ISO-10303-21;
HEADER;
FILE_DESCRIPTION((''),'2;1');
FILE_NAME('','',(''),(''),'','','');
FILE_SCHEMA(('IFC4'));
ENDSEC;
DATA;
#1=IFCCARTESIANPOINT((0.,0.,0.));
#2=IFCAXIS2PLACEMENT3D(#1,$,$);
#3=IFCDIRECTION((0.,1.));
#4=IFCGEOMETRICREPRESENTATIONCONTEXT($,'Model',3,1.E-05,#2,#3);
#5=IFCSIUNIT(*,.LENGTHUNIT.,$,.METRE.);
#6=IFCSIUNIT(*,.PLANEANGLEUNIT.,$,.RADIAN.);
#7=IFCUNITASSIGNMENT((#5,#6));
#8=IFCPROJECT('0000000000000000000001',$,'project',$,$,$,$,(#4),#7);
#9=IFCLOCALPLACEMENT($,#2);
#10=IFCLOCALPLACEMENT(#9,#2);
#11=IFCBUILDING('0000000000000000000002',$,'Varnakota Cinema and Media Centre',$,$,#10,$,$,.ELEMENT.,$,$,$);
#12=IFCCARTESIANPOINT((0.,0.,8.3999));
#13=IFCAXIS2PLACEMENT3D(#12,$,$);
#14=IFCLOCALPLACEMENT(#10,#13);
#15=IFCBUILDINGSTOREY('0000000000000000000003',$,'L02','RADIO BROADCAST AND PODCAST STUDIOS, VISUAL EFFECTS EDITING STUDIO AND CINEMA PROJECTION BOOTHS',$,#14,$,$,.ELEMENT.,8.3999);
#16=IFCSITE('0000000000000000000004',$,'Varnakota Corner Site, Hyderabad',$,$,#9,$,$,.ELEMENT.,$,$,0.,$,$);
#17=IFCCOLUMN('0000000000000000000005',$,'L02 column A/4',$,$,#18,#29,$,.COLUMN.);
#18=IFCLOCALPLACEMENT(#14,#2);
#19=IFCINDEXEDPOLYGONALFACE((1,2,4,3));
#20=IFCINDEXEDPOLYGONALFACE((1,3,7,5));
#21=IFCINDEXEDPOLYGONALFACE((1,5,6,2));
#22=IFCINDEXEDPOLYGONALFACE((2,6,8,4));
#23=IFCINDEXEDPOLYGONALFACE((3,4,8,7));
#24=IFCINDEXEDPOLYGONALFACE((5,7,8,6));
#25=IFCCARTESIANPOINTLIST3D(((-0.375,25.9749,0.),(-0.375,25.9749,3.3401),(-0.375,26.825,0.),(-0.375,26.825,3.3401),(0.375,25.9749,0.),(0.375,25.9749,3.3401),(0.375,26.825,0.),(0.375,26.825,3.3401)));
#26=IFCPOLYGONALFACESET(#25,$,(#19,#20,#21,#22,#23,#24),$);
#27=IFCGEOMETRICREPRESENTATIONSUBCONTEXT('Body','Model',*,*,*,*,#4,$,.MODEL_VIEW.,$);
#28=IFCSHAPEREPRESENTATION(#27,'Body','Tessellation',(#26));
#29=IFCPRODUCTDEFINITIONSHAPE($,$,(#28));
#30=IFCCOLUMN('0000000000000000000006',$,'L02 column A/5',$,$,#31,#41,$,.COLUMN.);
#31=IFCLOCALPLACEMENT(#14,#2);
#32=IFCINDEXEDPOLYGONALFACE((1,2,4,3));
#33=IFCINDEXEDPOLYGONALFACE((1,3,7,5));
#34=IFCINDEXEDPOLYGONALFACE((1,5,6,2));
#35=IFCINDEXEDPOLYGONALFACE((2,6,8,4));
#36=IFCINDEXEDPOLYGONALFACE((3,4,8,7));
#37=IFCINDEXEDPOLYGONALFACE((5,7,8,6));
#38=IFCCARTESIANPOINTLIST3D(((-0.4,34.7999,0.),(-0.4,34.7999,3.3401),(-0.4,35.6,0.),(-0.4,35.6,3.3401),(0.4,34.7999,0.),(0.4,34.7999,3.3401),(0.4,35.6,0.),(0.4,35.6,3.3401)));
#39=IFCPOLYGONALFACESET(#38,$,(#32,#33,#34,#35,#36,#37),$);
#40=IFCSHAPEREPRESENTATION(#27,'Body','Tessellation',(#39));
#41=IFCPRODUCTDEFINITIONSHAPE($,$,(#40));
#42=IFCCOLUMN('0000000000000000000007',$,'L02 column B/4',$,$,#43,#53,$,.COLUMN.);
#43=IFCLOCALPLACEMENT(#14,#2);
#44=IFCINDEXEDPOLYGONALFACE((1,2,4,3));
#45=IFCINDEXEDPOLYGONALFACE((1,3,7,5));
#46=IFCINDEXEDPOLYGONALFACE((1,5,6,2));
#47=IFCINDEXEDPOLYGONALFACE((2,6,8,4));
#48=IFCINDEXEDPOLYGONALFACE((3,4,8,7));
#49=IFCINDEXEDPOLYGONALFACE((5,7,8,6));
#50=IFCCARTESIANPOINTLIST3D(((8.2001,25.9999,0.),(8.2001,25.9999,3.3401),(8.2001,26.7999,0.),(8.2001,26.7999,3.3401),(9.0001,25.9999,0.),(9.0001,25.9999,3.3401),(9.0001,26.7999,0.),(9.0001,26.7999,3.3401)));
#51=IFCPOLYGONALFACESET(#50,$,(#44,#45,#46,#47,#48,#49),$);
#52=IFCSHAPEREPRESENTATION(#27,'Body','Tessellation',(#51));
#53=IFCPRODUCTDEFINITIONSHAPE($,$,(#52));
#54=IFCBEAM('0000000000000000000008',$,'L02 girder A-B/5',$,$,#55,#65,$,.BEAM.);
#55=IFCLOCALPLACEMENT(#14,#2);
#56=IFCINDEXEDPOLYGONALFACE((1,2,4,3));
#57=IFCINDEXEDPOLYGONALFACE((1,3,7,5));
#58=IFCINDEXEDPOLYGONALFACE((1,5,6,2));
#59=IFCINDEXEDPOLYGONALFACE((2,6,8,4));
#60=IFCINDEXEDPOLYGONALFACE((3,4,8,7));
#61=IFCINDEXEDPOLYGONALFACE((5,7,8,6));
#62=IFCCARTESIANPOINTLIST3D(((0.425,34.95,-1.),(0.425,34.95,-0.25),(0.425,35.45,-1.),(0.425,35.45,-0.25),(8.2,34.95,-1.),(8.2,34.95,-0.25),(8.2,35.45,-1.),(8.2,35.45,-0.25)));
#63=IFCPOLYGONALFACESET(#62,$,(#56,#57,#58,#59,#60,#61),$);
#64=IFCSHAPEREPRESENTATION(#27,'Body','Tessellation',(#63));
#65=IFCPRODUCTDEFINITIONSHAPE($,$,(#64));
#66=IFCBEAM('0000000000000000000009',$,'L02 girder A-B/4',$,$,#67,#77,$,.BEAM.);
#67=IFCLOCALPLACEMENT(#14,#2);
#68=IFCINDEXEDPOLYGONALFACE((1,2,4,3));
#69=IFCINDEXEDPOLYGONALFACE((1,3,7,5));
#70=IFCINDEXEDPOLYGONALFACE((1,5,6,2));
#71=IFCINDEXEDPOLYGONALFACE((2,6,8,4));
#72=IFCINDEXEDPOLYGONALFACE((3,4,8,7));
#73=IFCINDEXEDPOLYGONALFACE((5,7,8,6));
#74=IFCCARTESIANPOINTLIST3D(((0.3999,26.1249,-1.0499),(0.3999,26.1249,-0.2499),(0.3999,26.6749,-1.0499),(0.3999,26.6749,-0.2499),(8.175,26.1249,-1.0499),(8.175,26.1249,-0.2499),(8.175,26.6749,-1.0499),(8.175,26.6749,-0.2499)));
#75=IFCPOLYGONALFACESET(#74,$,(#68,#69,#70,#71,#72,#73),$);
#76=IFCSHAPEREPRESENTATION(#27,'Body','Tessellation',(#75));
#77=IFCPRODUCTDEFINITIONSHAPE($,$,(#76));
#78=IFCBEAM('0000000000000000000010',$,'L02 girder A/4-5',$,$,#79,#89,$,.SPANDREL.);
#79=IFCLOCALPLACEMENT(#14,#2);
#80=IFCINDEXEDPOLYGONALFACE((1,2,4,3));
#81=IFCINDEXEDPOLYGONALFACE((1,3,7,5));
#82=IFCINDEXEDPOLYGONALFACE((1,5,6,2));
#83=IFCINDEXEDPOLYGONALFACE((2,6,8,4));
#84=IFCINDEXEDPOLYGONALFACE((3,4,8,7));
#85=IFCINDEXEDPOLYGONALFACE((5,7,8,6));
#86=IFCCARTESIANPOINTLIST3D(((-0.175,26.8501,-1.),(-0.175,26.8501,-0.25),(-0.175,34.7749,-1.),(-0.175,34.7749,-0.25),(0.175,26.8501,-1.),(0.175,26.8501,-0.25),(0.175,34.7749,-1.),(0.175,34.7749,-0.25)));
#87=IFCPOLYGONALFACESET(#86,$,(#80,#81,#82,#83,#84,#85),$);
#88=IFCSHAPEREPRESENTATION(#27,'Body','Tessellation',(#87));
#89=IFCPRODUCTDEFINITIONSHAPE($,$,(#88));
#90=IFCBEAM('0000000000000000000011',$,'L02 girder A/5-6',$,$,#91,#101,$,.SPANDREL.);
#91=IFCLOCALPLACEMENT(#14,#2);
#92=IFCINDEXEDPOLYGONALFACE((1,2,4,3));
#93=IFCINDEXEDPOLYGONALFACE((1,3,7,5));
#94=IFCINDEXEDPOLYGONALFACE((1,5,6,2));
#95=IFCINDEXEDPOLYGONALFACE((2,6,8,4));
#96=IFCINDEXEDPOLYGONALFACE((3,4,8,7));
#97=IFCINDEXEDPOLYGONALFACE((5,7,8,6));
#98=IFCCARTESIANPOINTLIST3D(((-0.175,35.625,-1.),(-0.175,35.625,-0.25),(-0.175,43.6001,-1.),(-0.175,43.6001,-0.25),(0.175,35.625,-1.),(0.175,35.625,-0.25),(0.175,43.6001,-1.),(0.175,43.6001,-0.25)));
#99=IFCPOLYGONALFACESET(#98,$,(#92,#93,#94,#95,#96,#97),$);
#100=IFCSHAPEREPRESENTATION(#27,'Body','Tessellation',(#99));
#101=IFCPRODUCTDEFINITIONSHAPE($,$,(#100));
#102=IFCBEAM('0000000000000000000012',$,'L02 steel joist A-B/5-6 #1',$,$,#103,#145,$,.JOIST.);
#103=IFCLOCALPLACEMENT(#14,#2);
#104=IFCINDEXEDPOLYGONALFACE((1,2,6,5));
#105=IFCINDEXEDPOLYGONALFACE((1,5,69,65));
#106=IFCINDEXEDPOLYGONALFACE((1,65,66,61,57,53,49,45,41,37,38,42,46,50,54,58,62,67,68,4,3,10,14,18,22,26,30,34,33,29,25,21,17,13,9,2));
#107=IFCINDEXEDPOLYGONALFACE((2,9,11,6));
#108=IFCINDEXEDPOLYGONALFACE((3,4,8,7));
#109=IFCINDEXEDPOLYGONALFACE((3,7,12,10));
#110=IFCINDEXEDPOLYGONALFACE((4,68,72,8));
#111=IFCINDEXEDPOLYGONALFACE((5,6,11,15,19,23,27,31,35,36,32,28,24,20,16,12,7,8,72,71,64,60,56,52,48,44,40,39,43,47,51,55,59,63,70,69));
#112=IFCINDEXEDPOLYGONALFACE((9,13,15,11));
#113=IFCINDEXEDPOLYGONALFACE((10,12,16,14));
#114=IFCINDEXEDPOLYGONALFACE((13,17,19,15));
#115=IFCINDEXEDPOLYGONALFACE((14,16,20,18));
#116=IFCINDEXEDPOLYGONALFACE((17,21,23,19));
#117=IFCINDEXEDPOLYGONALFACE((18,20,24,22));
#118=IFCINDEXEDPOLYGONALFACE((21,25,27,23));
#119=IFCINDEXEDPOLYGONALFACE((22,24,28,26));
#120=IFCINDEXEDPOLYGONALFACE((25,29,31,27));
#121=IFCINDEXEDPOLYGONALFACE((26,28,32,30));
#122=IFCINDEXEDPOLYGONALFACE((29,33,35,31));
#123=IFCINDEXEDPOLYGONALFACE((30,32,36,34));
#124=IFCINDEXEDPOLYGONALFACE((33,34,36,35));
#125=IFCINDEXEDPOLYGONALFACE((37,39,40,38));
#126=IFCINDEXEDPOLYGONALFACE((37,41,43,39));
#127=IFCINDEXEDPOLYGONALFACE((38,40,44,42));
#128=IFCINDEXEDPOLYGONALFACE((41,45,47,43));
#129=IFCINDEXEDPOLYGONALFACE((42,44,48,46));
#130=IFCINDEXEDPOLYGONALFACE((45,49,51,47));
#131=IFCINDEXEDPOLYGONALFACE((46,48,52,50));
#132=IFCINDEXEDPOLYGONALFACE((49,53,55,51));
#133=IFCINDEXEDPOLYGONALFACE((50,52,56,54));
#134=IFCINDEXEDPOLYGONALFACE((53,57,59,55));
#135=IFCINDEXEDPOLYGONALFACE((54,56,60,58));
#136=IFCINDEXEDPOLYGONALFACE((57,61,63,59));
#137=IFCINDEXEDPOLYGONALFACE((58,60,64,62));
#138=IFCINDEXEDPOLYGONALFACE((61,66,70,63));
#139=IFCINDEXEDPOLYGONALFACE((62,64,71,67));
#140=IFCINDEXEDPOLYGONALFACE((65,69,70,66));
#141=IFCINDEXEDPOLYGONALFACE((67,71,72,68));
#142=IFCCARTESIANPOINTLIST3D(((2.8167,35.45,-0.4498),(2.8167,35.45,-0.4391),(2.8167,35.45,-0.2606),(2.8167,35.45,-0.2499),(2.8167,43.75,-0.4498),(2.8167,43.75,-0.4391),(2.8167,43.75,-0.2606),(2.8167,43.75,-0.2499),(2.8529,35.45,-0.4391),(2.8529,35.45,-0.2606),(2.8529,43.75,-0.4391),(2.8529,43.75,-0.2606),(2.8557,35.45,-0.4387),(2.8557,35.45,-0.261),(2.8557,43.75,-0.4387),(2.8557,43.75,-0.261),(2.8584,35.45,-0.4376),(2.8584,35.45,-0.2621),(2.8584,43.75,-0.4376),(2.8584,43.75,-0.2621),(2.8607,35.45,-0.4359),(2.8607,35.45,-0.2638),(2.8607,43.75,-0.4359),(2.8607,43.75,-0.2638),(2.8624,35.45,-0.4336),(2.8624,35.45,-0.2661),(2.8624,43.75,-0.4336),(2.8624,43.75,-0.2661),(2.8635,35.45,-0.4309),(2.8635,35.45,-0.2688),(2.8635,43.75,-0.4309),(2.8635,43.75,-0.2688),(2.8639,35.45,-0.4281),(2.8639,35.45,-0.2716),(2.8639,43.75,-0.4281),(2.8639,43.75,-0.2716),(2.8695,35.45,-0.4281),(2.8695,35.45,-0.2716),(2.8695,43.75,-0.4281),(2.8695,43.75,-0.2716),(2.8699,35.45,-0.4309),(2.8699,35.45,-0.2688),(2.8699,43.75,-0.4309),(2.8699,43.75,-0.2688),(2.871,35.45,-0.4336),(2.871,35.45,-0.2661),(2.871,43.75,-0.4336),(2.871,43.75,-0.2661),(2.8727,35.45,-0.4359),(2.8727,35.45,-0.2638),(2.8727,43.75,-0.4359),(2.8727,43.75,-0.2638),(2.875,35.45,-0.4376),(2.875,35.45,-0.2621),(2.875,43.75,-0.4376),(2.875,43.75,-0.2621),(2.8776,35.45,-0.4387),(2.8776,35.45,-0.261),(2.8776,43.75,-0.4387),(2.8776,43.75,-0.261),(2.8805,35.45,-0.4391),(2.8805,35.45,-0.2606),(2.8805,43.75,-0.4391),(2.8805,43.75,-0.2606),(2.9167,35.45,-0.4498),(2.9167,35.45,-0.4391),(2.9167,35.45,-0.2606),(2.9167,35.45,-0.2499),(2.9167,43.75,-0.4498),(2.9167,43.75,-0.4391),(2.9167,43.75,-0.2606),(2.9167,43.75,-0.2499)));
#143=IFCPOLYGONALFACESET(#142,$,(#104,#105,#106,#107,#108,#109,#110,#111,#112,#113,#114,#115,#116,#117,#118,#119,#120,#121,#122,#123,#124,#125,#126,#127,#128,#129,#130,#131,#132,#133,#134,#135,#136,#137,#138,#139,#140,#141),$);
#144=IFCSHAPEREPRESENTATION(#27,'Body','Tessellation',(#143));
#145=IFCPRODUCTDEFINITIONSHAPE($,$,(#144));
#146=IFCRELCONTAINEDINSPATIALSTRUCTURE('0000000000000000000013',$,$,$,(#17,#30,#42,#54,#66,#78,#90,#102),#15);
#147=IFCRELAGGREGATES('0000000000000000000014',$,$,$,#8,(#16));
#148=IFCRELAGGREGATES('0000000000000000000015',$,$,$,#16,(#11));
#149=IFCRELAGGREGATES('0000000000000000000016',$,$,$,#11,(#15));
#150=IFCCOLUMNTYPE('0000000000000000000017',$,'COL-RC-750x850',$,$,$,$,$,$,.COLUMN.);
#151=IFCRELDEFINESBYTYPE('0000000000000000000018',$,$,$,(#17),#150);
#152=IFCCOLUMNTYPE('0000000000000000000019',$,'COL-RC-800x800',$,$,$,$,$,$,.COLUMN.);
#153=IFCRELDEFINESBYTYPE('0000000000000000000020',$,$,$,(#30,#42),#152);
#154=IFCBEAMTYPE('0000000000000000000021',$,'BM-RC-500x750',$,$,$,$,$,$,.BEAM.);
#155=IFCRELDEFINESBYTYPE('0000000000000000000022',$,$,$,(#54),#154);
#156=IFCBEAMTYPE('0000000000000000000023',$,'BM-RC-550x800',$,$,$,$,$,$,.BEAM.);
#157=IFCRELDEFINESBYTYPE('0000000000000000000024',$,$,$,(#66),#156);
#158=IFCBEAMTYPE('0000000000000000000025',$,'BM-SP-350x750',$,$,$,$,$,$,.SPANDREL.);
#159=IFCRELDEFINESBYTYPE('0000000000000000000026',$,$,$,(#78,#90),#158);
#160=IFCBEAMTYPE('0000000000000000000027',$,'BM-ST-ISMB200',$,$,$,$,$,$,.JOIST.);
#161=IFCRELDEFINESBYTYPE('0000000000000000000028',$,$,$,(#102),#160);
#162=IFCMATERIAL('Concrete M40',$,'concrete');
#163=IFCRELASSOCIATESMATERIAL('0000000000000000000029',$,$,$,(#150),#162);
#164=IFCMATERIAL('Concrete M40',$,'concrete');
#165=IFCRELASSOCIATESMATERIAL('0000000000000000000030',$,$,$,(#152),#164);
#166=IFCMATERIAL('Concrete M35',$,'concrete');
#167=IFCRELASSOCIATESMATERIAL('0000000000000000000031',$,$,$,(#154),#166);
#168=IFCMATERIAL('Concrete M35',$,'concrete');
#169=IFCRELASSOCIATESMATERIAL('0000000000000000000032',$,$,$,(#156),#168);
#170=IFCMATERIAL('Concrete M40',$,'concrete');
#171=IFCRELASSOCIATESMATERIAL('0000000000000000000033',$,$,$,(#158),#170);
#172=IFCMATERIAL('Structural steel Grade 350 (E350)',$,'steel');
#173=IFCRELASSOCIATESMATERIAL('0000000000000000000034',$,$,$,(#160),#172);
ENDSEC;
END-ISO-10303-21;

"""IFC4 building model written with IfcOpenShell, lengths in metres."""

from ifc_helpers import new_model, si_unit, direction, frame, origin, origin_2d, place, context, subcontext, project, spatial, rectangle, i_section, extrude, material, material_profile, profile_set, type_object, element, save


model = new_model("IFC4")

# Units and contexts
model_context = context("Model", 3, precision=1e-05, world=origin(), true_north=direction((0.0, 1.0)))
body_context = subcontext(model_context, "Body", "Model", "MODEL_VIEW")
ifc_project = project(units=[si_unit("LENGTHUNIT", "METRE"), si_unit("PLANEANGLEUNIT", "RADIAN")], contexts=[model_context])

# Site, building, storey
site_placement = place(None, origin())
site = spatial("IfcSite", under=ifc_project, at=site_placement, Name="Varnakota Corner Site, Hyderabad", CompositionType="ELEMENT", RefElevation=0.0)
building_placement = place(site_placement, origin())
building = spatial("IfcBuilding", under=site, at=building_placement, Name="Varnakota Cinema and Media Centre", CompositionType="ELEMENT")
storey_placement = place(building_placement, frame((0.0, 0.0, 8.3999)))
storey = spatial("IfcBuildingStorey", under=building, at=storey_placement, Name="L02", Description="RADIO BROADCAST AND PODCAST STUDIOS, VISUAL EFFECTS EDITING STUDIO AND CINEMA PROJECTION BOOTHS", CompositionType="ELEMENT", Elevation=8.3999)

# Columns
ifc_material_1 = material(Name="Concrete M40", Category="concrete")
ifc_material_profile_1 = material_profile(ifc_material_1, rectangle(XDim=0.75, YDim=0.8501, at=origin_2d()), Name="RC 750x850")
ifc_profile_set_1 = profile_set([ifc_material_profile_1], Name="Concrete M40")
column_type_1 = type_object("IfcColumnType", Name="COL-RC-750x850", PredefinedType="COLUMN", material=ifc_profile_set_1)
column_placement = place(storey_placement, frame((0.0, 26.3999, 0.0), z_axis=(0.0, 0.0, 1.0), x_axis=(1.0, 0.0, 0.0)))
element("IfcColumn", 1, at=column_placement, inside=storey, type_object=column_type_1, Name="L02 column A/4", PredefinedType="COLUMN", context=body_context, shape_type="SweptSolid", body=[
    extrude(rectangle(XDim=0.75, YDim=0.8501, at=origin_2d()), origin(), (0.0, 0.0, 1.0), 3.3401),
])
ifc_material_2 = material(Name="Concrete M40", Category="concrete")
ifc_material_profile_2 = material_profile(ifc_material_2, rectangle(XDim=0.8, YDim=0.8, at=origin_2d()), Name="RC 800x800")
ifc_profile_set_2 = profile_set([ifc_material_profile_2], Name="Concrete M40")
column_type_2 = type_object("IfcColumnType", Name="COL-RC-800x800", PredefinedType="COLUMN", material=ifc_profile_set_2)
for number, where, z_axis, x_axis, name in (
    (2, (0.0, 35.2, 0.0), (0.0, 0.0, 1.0), (1.0, 0.0, 0.0), "L02 column A/5"),
    (3, (8.6001, 26.3999, 0.0), (0.0, 0.0, 1.0), (1.0, 0.0, 0.0), "L02 column B/4"),
):
    element("IfcColumn", number, at=place(storey_placement, frame(where, z_axis=z_axis, x_axis=x_axis)), inside=storey, type_object=column_type_2, Name=name, PredefinedType="COLUMN", context=body_context, shape_type="SweptSolid", body=[
        extrude(rectangle(XDim=0.8, YDim=0.8, at=origin_2d()), origin(), (0.0, 0.0, 1.0), 3.3401),
    ])

# Beams
ifc_material_3 = material(Name="Concrete M35", Category="concrete")
ifc_material_profile_3 = material_profile(ifc_material_3, rectangle(XDim=0.5, YDim=0.75, at=origin_2d()), Name="RCB 500x750")
ifc_profile_set_3 = profile_set([ifc_material_profile_3], Name="Concrete M35")
beam_type_1 = type_object("IfcBeamType", Name="BM-RC-500x750", PredefinedType="BEAM", material=ifc_profile_set_3)
beam_1_placement = place(storey_placement, frame((0.425, 35.2, -0.625), z_axis=(1.0, 0.0, 0.0), x_axis=(0.0, 1.0, 0.0)))
element("IfcBeam", 4, at=beam_1_placement, inside=storey, type_object=beam_type_1, Name="L02 girder A-B/5", PredefinedType="BEAM", context=body_context, shape_type="SweptSolid", body=[
    extrude(rectangle(XDim=0.5, YDim=0.75, at=origin_2d()), origin(), (0.0, 0.0, 1.0), 7.7749),
])
ifc_material_4 = material(Name="Concrete M35", Category="concrete")
ifc_material_profile_4 = material_profile(ifc_material_4, rectangle(XDim=0.55, YDim=0.8, at=origin_2d()), Name="RCB 550x800")
ifc_profile_set_4 = profile_set([ifc_material_profile_4], Name="Concrete M35")
beam_type_2 = type_object("IfcBeamType", Name="BM-RC-550x800", PredefinedType="BEAM", material=ifc_profile_set_4)
beam_2_placement = place(storey_placement, frame((0.3999, 26.3999, -0.6499), z_axis=(1.0, 0.0, 0.0), x_axis=(0.0, 1.0, 0.0)))
element("IfcBeam", 5, at=beam_2_placement, inside=storey, type_object=beam_type_2, Name="L02 girder A-B/4", PredefinedType="BEAM", context=body_context, shape_type="SweptSolid", body=[
    extrude(rectangle(XDim=0.55, YDim=0.8, at=origin_2d()), origin(), (0.0, 0.0, 1.0), 7.7751),
])
ifc_material_5 = material(Name="Concrete M40", Category="concrete")
ifc_material_profile_5 = material_profile(ifc_material_5, rectangle(XDim=0.3501, YDim=0.75, at=origin_2d()), Name="RCB 350x750")
ifc_profile_set_5 = profile_set([ifc_material_profile_5], Name="Concrete M40")
beam_type_3 = type_object("IfcBeamType", Name="BM-SP-350x750", PredefinedType="SPANDREL", material=ifc_profile_set_5)
beam_3_placement = place(storey_placement, frame((0.0, 26.8501, -0.625), z_axis=(0.0, 1.0, 0.0), x_axis=(-1.0, 0.0, 0.0)))
element("IfcBeam", 6, at=beam_3_placement, inside=storey, type_object=beam_type_3, Name="L02 girder A/4-5", PredefinedType="SPANDREL", context=body_context, shape_type="SweptSolid", body=[
    extrude(rectangle(XDim=0.3501, YDim=0.75, at=origin_2d()), origin(), (0.0, 0.0, 1.0), 7.9248),
])
beam_4_placement = place(storey_placement, frame((0.0, 35.625, -0.625), z_axis=(0.0, 1.0, 0.0), x_axis=(-1.0, 0.0, 0.0)))
element("IfcBeam", 7, at=beam_4_placement, inside=storey, type_object=beam_type_3, Name="L02 girder A/5-6", PredefinedType="SPANDREL", context=body_context, shape_type="SweptSolid", body=[
    extrude(rectangle(XDim=0.3501, YDim=0.75, at=origin_2d()), origin(), (0.0, 0.0, 1.0), 7.9751),
])
ifc_material_6 = material(Name="Structural steel Grade 350 (E350)", Category="steel")
ifc_material_profile_6 = material_profile(ifc_material_6, i_section(OverallWidth=0.1001, OverallDepth=0.2, WebThickness=0.0056, FlangeThickness=0.0107, FilletRadius=0.011, at=origin_2d()), Name="ISMB 200")
ifc_profile_set_6 = profile_set([ifc_material_profile_6], Name="Structural steel Grade 350 (E350)")
beam_type_4 = type_object("IfcBeamType", Name="BM-ST-ISMB200", PredefinedType="JOIST", material=ifc_profile_set_6)
beam_5_placement = place(storey_placement, frame((2.8667, 35.45, -0.3499), z_axis=(0.0, 1.0, 0.0), x_axis=(-1.0, 0.0, 0.0)))
element("IfcBeam", 8, at=beam_5_placement, inside=storey, type_object=beam_type_4, Name="L02 steel joist A-B/5-6 #1", PredefinedType="JOIST", context=body_context, shape_type="SweptSolid", body=[
    extrude(i_section(OverallWidth=0.1001, OverallDepth=0.2, WebThickness=0.0056, FlangeThickness=0.0107, FilletRadius=0.011, at=origin_2d()), origin(), (0.0, 0.0, 1.0), 8.3),
])

save(model, "model.ifc")
